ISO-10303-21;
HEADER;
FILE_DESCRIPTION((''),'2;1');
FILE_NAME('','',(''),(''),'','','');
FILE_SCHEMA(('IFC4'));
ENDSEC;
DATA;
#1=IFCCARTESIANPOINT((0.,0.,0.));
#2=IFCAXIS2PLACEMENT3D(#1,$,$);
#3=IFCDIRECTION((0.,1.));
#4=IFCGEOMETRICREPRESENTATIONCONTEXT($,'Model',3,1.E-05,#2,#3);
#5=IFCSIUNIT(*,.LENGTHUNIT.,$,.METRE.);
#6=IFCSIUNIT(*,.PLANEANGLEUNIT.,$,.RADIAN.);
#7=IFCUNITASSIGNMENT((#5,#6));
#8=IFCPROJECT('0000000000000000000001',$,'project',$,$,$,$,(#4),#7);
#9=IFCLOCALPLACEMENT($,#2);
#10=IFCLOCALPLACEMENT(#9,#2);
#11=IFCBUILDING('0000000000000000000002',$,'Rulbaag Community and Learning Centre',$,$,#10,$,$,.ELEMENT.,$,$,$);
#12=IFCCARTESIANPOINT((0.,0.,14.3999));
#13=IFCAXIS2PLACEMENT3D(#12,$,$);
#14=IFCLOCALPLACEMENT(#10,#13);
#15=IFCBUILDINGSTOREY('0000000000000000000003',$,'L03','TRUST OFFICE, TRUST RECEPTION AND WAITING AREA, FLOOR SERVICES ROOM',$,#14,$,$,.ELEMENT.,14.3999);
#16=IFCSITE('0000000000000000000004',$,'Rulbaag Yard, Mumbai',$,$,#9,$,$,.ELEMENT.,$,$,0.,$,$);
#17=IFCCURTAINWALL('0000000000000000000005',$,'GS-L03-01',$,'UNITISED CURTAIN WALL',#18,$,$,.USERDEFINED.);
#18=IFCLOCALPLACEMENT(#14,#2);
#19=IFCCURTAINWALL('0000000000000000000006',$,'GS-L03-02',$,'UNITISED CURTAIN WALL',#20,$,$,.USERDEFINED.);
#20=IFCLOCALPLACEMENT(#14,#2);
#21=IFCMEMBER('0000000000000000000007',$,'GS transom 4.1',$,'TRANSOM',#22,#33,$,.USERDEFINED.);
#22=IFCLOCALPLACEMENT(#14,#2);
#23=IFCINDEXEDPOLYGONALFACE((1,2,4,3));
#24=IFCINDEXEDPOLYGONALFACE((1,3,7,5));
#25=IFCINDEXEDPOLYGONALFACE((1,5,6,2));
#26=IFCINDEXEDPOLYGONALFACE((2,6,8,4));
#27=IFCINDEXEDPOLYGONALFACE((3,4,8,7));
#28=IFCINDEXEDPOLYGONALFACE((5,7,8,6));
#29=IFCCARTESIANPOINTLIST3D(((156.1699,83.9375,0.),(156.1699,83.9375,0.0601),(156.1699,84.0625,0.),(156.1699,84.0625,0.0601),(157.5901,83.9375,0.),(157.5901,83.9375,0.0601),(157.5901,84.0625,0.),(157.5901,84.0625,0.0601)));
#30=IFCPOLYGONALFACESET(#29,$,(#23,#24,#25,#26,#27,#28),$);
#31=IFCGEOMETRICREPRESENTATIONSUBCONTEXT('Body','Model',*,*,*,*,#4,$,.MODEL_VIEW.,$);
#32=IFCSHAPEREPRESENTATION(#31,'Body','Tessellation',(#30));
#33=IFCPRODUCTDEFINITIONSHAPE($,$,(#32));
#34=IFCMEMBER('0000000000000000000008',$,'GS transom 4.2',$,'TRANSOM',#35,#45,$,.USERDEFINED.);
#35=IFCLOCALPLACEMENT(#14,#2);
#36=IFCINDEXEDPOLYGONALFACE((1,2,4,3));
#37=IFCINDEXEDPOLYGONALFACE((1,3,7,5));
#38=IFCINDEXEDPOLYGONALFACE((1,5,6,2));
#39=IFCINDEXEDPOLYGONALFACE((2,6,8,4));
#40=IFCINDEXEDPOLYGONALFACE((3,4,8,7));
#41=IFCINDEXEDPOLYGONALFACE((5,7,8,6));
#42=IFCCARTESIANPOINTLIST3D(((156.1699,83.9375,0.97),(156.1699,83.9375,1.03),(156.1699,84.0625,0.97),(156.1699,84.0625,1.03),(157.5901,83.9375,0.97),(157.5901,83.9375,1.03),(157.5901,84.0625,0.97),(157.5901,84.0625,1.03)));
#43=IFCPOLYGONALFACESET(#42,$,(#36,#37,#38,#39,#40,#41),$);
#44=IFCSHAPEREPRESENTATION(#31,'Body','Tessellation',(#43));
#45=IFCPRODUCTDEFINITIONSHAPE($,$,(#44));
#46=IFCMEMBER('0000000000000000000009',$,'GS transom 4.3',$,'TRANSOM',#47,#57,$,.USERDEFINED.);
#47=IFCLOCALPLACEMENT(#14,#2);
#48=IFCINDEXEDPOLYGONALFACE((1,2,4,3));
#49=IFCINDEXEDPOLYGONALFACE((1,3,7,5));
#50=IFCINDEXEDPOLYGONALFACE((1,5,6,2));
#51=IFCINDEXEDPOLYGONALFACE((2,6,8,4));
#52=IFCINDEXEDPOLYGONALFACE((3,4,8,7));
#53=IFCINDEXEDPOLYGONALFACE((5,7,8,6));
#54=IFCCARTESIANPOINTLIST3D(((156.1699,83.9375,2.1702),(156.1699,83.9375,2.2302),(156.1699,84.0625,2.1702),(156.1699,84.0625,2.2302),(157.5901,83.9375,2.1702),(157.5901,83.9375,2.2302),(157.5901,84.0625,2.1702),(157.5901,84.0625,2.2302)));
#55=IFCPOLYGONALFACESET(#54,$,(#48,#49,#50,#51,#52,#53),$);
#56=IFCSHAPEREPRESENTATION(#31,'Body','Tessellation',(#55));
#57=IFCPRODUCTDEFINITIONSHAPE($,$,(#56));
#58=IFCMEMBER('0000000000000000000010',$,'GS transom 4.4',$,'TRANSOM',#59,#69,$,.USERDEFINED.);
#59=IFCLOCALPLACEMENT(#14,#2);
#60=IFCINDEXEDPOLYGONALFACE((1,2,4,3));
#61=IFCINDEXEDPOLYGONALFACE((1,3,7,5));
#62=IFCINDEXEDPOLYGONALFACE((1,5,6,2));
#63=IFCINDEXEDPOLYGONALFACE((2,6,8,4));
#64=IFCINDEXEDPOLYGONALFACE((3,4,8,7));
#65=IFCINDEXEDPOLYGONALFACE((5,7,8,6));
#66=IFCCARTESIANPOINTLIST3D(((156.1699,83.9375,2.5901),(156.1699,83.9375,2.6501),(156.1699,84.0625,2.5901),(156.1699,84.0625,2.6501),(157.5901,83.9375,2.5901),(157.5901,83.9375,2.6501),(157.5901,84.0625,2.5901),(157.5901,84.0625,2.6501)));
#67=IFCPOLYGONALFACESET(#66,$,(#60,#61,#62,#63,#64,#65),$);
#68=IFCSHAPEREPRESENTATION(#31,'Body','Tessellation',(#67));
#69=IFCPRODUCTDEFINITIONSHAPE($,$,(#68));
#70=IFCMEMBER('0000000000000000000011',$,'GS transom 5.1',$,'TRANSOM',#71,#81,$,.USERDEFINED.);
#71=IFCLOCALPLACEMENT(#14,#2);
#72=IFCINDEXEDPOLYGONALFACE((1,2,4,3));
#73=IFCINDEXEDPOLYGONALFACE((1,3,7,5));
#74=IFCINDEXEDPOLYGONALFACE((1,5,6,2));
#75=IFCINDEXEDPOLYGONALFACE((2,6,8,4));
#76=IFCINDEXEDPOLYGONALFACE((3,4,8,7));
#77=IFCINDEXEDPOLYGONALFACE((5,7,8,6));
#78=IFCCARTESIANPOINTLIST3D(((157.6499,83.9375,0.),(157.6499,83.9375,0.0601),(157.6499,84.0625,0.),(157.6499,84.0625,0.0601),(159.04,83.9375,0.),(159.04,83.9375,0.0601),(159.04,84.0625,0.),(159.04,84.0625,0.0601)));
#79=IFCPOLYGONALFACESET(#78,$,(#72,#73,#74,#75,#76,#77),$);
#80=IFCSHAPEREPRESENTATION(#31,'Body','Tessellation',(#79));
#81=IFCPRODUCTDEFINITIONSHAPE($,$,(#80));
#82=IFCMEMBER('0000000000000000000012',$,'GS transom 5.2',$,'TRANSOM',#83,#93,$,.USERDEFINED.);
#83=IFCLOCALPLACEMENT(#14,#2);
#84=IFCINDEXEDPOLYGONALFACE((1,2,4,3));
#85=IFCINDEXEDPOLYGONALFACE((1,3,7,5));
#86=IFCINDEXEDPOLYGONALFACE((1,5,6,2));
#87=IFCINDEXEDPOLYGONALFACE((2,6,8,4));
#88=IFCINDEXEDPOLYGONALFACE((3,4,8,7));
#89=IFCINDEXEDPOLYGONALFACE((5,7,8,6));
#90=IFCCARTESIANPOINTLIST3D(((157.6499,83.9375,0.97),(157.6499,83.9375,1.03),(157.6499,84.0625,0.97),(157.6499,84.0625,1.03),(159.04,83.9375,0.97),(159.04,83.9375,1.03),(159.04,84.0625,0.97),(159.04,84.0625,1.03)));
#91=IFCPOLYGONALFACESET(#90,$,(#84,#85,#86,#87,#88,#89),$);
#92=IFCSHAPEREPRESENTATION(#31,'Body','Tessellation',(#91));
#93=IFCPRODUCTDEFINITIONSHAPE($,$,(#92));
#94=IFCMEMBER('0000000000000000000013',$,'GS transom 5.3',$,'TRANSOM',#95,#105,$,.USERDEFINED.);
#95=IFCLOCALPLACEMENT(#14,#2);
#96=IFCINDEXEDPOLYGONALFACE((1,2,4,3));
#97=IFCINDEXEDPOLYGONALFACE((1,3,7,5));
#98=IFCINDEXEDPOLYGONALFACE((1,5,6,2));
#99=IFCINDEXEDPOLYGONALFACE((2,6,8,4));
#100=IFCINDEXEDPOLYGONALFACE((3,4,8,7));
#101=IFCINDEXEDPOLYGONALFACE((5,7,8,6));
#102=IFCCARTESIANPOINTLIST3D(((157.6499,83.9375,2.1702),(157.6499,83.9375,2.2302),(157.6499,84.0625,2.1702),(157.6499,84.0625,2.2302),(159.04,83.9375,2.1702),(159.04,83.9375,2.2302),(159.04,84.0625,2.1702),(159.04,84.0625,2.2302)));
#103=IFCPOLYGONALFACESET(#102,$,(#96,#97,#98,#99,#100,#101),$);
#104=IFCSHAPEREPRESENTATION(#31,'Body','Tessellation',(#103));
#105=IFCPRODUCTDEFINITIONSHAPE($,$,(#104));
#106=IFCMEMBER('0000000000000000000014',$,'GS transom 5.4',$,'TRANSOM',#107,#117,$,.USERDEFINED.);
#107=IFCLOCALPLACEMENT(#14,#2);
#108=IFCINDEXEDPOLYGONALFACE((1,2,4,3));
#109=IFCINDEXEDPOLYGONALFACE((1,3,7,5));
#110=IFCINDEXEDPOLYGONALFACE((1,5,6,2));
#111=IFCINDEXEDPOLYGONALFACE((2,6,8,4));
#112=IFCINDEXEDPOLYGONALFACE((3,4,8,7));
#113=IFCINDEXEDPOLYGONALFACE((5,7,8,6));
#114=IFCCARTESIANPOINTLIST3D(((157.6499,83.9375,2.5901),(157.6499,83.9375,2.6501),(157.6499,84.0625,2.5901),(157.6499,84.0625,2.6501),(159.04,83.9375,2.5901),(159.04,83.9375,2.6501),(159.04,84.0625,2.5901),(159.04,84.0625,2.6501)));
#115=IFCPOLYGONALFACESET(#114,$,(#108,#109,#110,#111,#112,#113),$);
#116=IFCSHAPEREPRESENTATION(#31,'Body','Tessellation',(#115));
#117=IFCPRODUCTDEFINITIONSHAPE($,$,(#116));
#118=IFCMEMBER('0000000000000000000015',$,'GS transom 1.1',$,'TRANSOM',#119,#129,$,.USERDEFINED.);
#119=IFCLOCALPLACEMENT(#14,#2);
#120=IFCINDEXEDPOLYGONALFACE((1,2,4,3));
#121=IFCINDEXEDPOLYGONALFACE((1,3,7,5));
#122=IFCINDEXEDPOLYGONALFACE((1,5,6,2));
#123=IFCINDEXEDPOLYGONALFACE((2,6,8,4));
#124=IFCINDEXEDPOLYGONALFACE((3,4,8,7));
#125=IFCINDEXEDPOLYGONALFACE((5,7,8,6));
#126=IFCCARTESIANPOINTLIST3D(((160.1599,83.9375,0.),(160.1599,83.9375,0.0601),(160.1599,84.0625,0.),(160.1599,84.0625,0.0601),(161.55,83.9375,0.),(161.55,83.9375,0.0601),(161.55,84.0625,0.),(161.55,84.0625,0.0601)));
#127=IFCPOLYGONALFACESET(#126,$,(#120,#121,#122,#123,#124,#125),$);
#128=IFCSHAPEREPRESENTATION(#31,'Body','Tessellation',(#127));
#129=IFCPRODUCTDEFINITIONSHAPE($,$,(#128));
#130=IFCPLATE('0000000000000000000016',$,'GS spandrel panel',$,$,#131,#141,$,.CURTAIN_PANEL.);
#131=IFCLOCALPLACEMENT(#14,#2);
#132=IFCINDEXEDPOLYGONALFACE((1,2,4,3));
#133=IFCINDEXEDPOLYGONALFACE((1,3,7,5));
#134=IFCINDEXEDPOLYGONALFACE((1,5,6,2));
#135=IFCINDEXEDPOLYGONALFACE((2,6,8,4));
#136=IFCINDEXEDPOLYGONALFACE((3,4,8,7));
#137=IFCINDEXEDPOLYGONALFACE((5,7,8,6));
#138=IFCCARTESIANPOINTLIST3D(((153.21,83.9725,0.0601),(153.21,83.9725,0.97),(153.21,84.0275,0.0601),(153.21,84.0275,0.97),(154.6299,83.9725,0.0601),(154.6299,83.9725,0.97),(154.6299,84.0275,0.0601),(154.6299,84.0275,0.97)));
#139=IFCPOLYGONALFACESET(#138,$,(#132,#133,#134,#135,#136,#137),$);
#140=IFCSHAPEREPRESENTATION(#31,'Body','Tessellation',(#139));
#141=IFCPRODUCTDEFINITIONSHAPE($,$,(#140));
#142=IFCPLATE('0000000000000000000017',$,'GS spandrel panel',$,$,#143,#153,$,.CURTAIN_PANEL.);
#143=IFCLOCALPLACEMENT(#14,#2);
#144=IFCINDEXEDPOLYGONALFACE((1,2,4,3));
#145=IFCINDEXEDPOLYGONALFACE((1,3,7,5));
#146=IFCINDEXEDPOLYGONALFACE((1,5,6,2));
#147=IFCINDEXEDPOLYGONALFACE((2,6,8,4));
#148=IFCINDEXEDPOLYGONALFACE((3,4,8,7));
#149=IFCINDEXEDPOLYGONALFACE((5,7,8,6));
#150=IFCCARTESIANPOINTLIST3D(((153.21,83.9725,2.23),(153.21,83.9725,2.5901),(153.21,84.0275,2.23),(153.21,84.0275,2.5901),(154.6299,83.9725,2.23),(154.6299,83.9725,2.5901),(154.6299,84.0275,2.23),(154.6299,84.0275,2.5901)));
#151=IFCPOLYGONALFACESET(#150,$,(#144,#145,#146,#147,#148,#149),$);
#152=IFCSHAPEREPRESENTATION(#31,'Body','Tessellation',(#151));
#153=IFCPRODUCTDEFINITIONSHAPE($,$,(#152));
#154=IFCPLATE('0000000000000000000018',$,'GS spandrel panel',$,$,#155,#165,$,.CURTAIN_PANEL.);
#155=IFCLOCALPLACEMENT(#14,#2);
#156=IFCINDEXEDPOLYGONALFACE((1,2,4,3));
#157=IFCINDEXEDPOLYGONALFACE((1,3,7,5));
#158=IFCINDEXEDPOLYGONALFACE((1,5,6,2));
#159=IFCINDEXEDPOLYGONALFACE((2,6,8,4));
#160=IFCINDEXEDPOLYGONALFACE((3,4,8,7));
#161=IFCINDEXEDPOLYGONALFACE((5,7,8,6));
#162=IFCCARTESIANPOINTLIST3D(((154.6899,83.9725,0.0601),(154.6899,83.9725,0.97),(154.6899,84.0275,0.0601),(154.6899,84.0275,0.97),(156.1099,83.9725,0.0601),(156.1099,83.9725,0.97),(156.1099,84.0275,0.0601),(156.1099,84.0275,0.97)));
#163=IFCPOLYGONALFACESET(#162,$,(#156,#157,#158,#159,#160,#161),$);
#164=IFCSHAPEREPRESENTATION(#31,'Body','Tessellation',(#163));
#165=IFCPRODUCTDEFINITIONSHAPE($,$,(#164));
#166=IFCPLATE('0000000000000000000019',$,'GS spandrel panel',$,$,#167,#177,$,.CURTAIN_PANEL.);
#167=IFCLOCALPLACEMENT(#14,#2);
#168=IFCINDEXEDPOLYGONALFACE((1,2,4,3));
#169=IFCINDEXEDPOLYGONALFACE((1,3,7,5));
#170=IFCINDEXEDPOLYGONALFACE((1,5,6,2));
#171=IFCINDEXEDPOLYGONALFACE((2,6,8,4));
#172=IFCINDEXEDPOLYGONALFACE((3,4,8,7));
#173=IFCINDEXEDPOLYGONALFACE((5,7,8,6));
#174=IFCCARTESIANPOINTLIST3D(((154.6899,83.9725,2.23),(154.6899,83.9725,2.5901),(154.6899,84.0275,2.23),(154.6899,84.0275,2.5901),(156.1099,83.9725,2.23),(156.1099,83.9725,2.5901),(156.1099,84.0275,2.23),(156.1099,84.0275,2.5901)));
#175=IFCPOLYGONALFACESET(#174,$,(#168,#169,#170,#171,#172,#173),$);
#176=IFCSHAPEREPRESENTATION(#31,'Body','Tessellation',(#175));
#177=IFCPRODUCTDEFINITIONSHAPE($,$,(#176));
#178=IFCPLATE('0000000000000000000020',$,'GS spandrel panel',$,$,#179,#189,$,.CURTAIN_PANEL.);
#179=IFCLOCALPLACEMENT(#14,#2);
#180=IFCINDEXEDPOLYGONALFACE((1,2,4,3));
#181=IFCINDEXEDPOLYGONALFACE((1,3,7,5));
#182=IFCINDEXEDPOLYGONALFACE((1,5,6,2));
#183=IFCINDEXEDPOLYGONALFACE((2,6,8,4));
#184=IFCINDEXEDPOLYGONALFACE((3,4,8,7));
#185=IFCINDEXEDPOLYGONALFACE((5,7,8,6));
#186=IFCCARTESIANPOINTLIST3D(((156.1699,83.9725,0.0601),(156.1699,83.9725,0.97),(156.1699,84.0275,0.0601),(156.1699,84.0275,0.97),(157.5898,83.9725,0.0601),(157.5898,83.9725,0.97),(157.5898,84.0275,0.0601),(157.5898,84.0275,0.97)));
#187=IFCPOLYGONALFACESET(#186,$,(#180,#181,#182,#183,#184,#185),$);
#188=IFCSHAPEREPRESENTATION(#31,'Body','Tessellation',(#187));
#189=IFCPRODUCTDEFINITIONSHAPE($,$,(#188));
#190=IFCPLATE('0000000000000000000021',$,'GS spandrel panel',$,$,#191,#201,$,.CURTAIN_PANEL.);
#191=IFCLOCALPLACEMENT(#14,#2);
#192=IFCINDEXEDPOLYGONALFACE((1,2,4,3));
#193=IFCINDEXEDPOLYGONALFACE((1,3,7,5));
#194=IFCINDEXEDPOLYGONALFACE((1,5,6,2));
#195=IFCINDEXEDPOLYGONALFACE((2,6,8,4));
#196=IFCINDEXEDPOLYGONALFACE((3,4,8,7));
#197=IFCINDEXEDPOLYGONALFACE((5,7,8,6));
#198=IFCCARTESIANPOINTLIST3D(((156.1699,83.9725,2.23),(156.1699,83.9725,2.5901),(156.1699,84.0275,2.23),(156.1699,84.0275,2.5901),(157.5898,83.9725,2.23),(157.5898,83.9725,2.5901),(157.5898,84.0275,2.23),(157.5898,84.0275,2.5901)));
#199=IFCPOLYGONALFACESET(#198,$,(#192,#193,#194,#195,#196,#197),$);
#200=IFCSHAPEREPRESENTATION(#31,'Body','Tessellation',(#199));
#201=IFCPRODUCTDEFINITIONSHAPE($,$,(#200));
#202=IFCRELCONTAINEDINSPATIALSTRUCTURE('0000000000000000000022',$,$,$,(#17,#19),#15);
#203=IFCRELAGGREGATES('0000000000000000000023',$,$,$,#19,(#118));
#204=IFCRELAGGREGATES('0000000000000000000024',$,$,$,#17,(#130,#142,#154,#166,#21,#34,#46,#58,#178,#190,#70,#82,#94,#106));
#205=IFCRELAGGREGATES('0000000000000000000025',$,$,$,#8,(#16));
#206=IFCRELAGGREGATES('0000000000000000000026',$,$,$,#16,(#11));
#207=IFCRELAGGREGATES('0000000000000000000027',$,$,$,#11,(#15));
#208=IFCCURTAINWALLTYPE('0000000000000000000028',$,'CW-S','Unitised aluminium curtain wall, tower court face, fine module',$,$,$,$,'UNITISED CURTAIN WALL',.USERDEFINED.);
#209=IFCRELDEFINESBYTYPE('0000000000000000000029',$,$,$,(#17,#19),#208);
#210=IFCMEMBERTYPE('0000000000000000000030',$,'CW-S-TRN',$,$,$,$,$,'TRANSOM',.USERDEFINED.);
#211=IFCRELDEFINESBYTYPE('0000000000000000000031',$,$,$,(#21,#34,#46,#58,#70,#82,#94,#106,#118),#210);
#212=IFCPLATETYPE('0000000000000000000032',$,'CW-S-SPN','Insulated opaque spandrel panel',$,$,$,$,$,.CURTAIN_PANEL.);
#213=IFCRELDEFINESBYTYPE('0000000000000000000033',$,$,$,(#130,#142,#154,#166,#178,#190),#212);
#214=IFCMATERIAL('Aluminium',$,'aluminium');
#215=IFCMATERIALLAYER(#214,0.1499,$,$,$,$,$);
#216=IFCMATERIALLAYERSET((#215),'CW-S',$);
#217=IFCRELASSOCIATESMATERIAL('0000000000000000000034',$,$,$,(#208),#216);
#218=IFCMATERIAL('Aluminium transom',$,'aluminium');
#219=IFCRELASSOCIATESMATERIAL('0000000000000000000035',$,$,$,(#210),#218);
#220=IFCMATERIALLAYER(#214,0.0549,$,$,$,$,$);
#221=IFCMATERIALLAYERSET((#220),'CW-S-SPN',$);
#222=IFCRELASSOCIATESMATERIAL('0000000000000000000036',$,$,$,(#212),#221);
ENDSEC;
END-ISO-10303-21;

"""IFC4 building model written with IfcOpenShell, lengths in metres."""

from ifc_helpers import new_model, si_unit, direction, frame, origin, origin_2d, place, context, subcontext, project, spatial, rectangle, extrude, material, layer, layer_set, material_profile, profile_set, type_object, element, aggregate, save


model = new_model("IFC4")

# Units and contexts
model_context = context("Model", 3, precision=1e-05, world=origin(), true_north=direction((0.0, 1.0)))
body_context = subcontext(model_context, "Body", "Model", "MODEL_VIEW")
ifc_project = project(units=[si_unit("LENGTHUNIT", "METRE"), si_unit("PLANEANGLEUNIT", "RADIAN")], contexts=[model_context])

# Site, building, storey
site_placement = place(None, origin())
site = spatial("IfcSite", under=ifc_project, at=site_placement, Name="Rulbaag Yard, Mumbai", CompositionType="ELEMENT", RefElevation=0.0)
building_placement = place(site_placement, origin())
building = spatial("IfcBuilding", under=site, at=building_placement, Name="Rulbaag Community and Learning Centre", CompositionType="ELEMENT")
storey_placement = place(building_placement, frame((0.0, 0.0, 14.3999)))
storey = spatial("IfcBuildingStorey", under=building, at=storey_placement, Name="L03", Description="TRUST OFFICE, TRUST RECEPTION AND WAITING AREA, FLOOR SERVICES ROOM", CompositionType="ELEMENT", Elevation=14.3999)

# Curtain wall
ifc_material_1 = material(Name="Aluminium", Category="aluminium")
ifc_layer_1 = layer(ifc_material_1, 0.1499)
ifc_layer_set_1 = layer_set([ifc_layer_1], Name="CW-S")
curtain_wall_type = type_object("IfcCurtainWallType", Name="CW-S", Description="Unitised aluminium curtain wall, tower court face, fine module", ElementType="UNITISED CURTAIN WALL", PredefinedType="USERDEFINED", material=ifc_layer_set_1)
curtain_wall_1_placement = place(storey_placement, origin())
curtain_wall_1 = element("IfcCurtainWall", 1, at=curtain_wall_1_placement, inside=storey, type_object=curtain_wall_type, Name="GS-L03-01", ObjectType="UNITISED CURTAIN WALL", PredefinedType="USERDEFINED")

# Curtain wall
curtain_wall_2_placement = place(storey_placement, origin())
curtain_wall_2 = element("IfcCurtainWall", 2, at=curtain_wall_2_placement, inside=storey, type_object=curtain_wall_type, Name="GS-L03-02", ObjectType="UNITISED CURTAIN WALL", PredefinedType="USERDEFINED")

# Members
ifc_material_2 = material(Name="Aluminium transom", Category="aluminium")
ifc_material_profile_1 = material_profile(ifc_material_2, rectangle(XDim=0.125, YDim=0.0601, at=origin_2d()), Name="AL 60x125 T")
ifc_profile_set_1 = profile_set([ifc_material_profile_1], Name="Aluminium transom")
member_type_1 = type_object("IfcMemberType", Name="CW-S-TRN", ElementType="TRANSOM", PredefinedType="USERDEFINED", material=ifc_profile_set_1)
member_1_placement = place(storey_placement, frame((156.1699, 84.0, 0.03), z_axis=(1.0, 0.0, 0.0), x_axis=(0.0, 1.0, 0.0)))
member_1 = element("IfcMember", 3, at=member_1_placement, type_object=member_type_1, Name="GS transom 4.1", ObjectType="TRANSOM", PredefinedType="USERDEFINED", context=body_context, shape_type="SweptSolid", body=[
    extrude(rectangle(XDim=0.125, YDim=0.0601, at=origin_2d()), origin(), (0.0, 0.0, 1.0), 1.4202),
])
member_2_placement = place(storey_placement, frame((156.1699, 84.0, 1.0), z_axis=(1.0, 0.0, 0.0), x_axis=(0.0, 1.0, 0.0)))
member_2 = element("IfcMember", 4, at=member_2_placement, type_object=member_type_1, Name="GS transom 4.2", ObjectType="TRANSOM", PredefinedType="USERDEFINED", context=body_context, shape_type="SweptSolid", body=[
    extrude(rectangle(XDim=0.125, YDim=0.0601, at=origin_2d()), origin(), (0.0, 0.0, 1.0), 1.4202),
])
member_3_placement = place(storey_placement, frame((156.1699, 84.0, 2.2002), z_axis=(1.0, 0.0, 0.0), x_axis=(0.0, 1.0, 0.0)))
member_3 = element("IfcMember", 5, at=member_3_placement, type_object=member_type_1, Name="GS transom 4.3", ObjectType="TRANSOM", PredefinedType="USERDEFINED", context=body_context, shape_type="SweptSolid", body=[
    extrude(rectangle(XDim=0.125, YDim=0.0601, at=origin_2d()), origin(), (0.0, 0.0, 1.0), 1.4202),
])
member_4_placement = place(storey_placement, frame((156.1699, 84.0, 2.6201), z_axis=(1.0, 0.0, 0.0), x_axis=(0.0, 1.0, 0.0)))
member_4 = element("IfcMember", 6, at=member_4_placement, type_object=member_type_1, Name="GS transom 4.4", ObjectType="TRANSOM", PredefinedType="USERDEFINED", context=body_context, shape_type="SweptSolid", body=[
    extrude(rectangle(XDim=0.125, YDim=0.0601, at=origin_2d()), origin(), (0.0, 0.0, 1.0), 1.4202),
])
member_5_placement = place(storey_placement, frame((157.6499, 84.0, 0.03), z_axis=(1.0, 0.0, 0.0), x_axis=(0.0, 1.0, 0.0)))
member_5 = element("IfcMember", 7, at=member_5_placement, type_object=member_type_1, Name="GS transom 5.1", ObjectType="TRANSOM", PredefinedType="USERDEFINED", context=body_context, shape_type="SweptSolid", body=[
    extrude(rectangle(XDim=0.125, YDim=0.0601, at=origin_2d()), origin(), (0.0, 0.0, 1.0), 1.3901),
])
member_6_placement = place(storey_placement, frame((157.6499, 84.0, 1.0), z_axis=(1.0, 0.0, 0.0), x_axis=(0.0, 1.0, 0.0)))
member_6 = element("IfcMember", 8, at=member_6_placement, type_object=member_type_1, Name="GS transom 5.2", ObjectType="TRANSOM", PredefinedType="USERDEFINED", context=body_context, shape_type="SweptSolid", body=[
    extrude(rectangle(XDim=0.125, YDim=0.0601, at=origin_2d()), origin(), (0.0, 0.0, 1.0), 1.3901),
])
member_7_placement = place(storey_placement, frame((157.6499, 84.0, 2.2002), z_axis=(1.0, 0.0, 0.0), x_axis=(0.0, 1.0, 0.0)))
member_7 = element("IfcMember", 9, at=member_7_placement, type_object=member_type_1, Name="GS transom 5.3", ObjectType="TRANSOM", PredefinedType="USERDEFINED", context=body_context, shape_type="SweptSolid", body=[
    extrude(rectangle(XDim=0.125, YDim=0.0601, at=origin_2d()), origin(), (0.0, 0.0, 1.0), 1.3901),
])
member_8_placement = place(storey_placement, frame((157.6499, 84.0, 2.6201), z_axis=(1.0, 0.0, 0.0), x_axis=(0.0, 1.0, 0.0)))
member_8 = element("IfcMember", 10, at=member_8_placement, type_object=member_type_1, Name="GS transom 5.4", ObjectType="TRANSOM", PredefinedType="USERDEFINED", context=body_context, shape_type="SweptSolid", body=[
    extrude(rectangle(XDim=0.125, YDim=0.0601, at=origin_2d()), origin(), (0.0, 0.0, 1.0), 1.3901),
])
member_9_placement = place(storey_placement, frame((160.1599, 84.0, 0.03), z_axis=(1.0, 0.0, 0.0), x_axis=(0.0, 1.0, 0.0)))
member_9 = element("IfcMember", 11, at=member_9_placement, type_object=member_type_1, Name="GS transom 1.1", ObjectType="TRANSOM", PredefinedType="USERDEFINED", context=body_context, shape_type="SweptSolid", body=[
    extrude(rectangle(XDim=0.125, YDim=0.0601, at=origin_2d()), origin(), (0.0, 0.0, 1.0), 1.3901),
])
aggregate(curtain_wall_2, [member_9])

# Plates
ifc_layer_2 = layer(ifc_material_1, 0.0549)
ifc_layer_set_2 = layer_set([ifc_layer_2], Name="CW-S-SPN")
plate_type_1 = type_object("IfcPlateType", Name="CW-S-SPN", Description="Insulated opaque spandrel panel", PredefinedType="CURTAIN_PANEL", material=ifc_layer_set_2)
plate_1_placement = place(storey_placement, frame((153.9199, 84.0, 0.0601), z_axis=(0.0, 0.0, 1.0), x_axis=(1.0, 0.0, 0.0)))
plate_1 = element("IfcPlate", 12, at=plate_1_placement, type_object=plate_type_1, Name="GS spandrel panel", PredefinedType="CURTAIN_PANEL", context=body_context, shape_type="SweptSolid", body=[
    extrude(rectangle(XDim=1.4199, YDim=0.0549, at=origin_2d()), origin(), (0.0, 0.0, 1.0), 0.9099),
])
plate_2_placement = place(storey_placement, frame((153.9199, 84.0, 2.23), z_axis=(0.0, 0.0, 1.0), x_axis=(1.0, 0.0, 0.0)))
plate_2 = element("IfcPlate", 13, at=plate_2_placement, type_object=plate_type_1, Name="GS spandrel panel", PredefinedType="CURTAIN_PANEL", context=body_context, shape_type="SweptSolid", body=[
    extrude(rectangle(XDim=1.4199, YDim=0.0549, at=origin_2d()), origin(), (0.0, 0.0, 1.0), 0.3601),
])
plate_3_placement = place(storey_placement, frame((155.3999, 84.0, 0.0601), z_axis=(0.0, 0.0, 1.0), x_axis=(1.0, 0.0, 0.0)))
plate_3 = element("IfcPlate", 14, at=plate_3_placement, type_object=plate_type_1, Name="GS spandrel panel", PredefinedType="CURTAIN_PANEL", context=body_context, shape_type="SweptSolid", body=[
    extrude(rectangle(XDim=1.4199, YDim=0.0549, at=origin_2d()), origin(), (0.0, 0.0, 1.0), 0.9099),
])
plate_4_placement = place(storey_placement, frame((155.3999, 84.0, 2.23), z_axis=(0.0, 0.0, 1.0), x_axis=(1.0, 0.0, 0.0)))
plate_4 = element("IfcPlate", 15, at=plate_4_placement, type_object=plate_type_1, Name="GS spandrel panel", PredefinedType="CURTAIN_PANEL", context=body_context, shape_type="SweptSolid", body=[
    extrude(rectangle(XDim=1.4199, YDim=0.0549, at=origin_2d()), origin(), (0.0, 0.0, 1.0), 0.3601),
])
plate_5_placement = place(storey_placement, frame((156.8799, 84.0, 0.0601), z_axis=(0.0, 0.0, 1.0), x_axis=(1.0, 0.0, 0.0)))
plate_5 = element("IfcPlate", 16, at=plate_5_placement, type_object=plate_type_1, Name="GS spandrel panel", PredefinedType="CURTAIN_PANEL", context=body_context, shape_type="SweptSolid", body=[
    extrude(rectangle(XDim=1.4199, YDim=0.0549, at=origin_2d()), origin(), (0.0, 0.0, 1.0), 0.9099),
])
plate_6_placement = place(storey_placement, frame((156.8799, 84.0, 2.23), z_axis=(0.0, 0.0, 1.0), x_axis=(1.0, 0.0, 0.0)))
plate_6 = element("IfcPlate", 17, at=plate_6_placement, type_object=plate_type_1, Name="GS spandrel panel", PredefinedType="CURTAIN_PANEL", context=body_context, shape_type="SweptSolid", body=[
    extrude(rectangle(XDim=1.4199, YDim=0.0549, at=origin_2d()), origin(), (0.0, 0.0, 1.0), 0.3601),
])
aggregate(curtain_wall_1, [plate_1, plate_2, plate_3, plate_4, member_1, member_2, member_3, member_4, plate_5, plate_6, member_5, member_6, member_7, member_8])

save(model, "model.ifc")
